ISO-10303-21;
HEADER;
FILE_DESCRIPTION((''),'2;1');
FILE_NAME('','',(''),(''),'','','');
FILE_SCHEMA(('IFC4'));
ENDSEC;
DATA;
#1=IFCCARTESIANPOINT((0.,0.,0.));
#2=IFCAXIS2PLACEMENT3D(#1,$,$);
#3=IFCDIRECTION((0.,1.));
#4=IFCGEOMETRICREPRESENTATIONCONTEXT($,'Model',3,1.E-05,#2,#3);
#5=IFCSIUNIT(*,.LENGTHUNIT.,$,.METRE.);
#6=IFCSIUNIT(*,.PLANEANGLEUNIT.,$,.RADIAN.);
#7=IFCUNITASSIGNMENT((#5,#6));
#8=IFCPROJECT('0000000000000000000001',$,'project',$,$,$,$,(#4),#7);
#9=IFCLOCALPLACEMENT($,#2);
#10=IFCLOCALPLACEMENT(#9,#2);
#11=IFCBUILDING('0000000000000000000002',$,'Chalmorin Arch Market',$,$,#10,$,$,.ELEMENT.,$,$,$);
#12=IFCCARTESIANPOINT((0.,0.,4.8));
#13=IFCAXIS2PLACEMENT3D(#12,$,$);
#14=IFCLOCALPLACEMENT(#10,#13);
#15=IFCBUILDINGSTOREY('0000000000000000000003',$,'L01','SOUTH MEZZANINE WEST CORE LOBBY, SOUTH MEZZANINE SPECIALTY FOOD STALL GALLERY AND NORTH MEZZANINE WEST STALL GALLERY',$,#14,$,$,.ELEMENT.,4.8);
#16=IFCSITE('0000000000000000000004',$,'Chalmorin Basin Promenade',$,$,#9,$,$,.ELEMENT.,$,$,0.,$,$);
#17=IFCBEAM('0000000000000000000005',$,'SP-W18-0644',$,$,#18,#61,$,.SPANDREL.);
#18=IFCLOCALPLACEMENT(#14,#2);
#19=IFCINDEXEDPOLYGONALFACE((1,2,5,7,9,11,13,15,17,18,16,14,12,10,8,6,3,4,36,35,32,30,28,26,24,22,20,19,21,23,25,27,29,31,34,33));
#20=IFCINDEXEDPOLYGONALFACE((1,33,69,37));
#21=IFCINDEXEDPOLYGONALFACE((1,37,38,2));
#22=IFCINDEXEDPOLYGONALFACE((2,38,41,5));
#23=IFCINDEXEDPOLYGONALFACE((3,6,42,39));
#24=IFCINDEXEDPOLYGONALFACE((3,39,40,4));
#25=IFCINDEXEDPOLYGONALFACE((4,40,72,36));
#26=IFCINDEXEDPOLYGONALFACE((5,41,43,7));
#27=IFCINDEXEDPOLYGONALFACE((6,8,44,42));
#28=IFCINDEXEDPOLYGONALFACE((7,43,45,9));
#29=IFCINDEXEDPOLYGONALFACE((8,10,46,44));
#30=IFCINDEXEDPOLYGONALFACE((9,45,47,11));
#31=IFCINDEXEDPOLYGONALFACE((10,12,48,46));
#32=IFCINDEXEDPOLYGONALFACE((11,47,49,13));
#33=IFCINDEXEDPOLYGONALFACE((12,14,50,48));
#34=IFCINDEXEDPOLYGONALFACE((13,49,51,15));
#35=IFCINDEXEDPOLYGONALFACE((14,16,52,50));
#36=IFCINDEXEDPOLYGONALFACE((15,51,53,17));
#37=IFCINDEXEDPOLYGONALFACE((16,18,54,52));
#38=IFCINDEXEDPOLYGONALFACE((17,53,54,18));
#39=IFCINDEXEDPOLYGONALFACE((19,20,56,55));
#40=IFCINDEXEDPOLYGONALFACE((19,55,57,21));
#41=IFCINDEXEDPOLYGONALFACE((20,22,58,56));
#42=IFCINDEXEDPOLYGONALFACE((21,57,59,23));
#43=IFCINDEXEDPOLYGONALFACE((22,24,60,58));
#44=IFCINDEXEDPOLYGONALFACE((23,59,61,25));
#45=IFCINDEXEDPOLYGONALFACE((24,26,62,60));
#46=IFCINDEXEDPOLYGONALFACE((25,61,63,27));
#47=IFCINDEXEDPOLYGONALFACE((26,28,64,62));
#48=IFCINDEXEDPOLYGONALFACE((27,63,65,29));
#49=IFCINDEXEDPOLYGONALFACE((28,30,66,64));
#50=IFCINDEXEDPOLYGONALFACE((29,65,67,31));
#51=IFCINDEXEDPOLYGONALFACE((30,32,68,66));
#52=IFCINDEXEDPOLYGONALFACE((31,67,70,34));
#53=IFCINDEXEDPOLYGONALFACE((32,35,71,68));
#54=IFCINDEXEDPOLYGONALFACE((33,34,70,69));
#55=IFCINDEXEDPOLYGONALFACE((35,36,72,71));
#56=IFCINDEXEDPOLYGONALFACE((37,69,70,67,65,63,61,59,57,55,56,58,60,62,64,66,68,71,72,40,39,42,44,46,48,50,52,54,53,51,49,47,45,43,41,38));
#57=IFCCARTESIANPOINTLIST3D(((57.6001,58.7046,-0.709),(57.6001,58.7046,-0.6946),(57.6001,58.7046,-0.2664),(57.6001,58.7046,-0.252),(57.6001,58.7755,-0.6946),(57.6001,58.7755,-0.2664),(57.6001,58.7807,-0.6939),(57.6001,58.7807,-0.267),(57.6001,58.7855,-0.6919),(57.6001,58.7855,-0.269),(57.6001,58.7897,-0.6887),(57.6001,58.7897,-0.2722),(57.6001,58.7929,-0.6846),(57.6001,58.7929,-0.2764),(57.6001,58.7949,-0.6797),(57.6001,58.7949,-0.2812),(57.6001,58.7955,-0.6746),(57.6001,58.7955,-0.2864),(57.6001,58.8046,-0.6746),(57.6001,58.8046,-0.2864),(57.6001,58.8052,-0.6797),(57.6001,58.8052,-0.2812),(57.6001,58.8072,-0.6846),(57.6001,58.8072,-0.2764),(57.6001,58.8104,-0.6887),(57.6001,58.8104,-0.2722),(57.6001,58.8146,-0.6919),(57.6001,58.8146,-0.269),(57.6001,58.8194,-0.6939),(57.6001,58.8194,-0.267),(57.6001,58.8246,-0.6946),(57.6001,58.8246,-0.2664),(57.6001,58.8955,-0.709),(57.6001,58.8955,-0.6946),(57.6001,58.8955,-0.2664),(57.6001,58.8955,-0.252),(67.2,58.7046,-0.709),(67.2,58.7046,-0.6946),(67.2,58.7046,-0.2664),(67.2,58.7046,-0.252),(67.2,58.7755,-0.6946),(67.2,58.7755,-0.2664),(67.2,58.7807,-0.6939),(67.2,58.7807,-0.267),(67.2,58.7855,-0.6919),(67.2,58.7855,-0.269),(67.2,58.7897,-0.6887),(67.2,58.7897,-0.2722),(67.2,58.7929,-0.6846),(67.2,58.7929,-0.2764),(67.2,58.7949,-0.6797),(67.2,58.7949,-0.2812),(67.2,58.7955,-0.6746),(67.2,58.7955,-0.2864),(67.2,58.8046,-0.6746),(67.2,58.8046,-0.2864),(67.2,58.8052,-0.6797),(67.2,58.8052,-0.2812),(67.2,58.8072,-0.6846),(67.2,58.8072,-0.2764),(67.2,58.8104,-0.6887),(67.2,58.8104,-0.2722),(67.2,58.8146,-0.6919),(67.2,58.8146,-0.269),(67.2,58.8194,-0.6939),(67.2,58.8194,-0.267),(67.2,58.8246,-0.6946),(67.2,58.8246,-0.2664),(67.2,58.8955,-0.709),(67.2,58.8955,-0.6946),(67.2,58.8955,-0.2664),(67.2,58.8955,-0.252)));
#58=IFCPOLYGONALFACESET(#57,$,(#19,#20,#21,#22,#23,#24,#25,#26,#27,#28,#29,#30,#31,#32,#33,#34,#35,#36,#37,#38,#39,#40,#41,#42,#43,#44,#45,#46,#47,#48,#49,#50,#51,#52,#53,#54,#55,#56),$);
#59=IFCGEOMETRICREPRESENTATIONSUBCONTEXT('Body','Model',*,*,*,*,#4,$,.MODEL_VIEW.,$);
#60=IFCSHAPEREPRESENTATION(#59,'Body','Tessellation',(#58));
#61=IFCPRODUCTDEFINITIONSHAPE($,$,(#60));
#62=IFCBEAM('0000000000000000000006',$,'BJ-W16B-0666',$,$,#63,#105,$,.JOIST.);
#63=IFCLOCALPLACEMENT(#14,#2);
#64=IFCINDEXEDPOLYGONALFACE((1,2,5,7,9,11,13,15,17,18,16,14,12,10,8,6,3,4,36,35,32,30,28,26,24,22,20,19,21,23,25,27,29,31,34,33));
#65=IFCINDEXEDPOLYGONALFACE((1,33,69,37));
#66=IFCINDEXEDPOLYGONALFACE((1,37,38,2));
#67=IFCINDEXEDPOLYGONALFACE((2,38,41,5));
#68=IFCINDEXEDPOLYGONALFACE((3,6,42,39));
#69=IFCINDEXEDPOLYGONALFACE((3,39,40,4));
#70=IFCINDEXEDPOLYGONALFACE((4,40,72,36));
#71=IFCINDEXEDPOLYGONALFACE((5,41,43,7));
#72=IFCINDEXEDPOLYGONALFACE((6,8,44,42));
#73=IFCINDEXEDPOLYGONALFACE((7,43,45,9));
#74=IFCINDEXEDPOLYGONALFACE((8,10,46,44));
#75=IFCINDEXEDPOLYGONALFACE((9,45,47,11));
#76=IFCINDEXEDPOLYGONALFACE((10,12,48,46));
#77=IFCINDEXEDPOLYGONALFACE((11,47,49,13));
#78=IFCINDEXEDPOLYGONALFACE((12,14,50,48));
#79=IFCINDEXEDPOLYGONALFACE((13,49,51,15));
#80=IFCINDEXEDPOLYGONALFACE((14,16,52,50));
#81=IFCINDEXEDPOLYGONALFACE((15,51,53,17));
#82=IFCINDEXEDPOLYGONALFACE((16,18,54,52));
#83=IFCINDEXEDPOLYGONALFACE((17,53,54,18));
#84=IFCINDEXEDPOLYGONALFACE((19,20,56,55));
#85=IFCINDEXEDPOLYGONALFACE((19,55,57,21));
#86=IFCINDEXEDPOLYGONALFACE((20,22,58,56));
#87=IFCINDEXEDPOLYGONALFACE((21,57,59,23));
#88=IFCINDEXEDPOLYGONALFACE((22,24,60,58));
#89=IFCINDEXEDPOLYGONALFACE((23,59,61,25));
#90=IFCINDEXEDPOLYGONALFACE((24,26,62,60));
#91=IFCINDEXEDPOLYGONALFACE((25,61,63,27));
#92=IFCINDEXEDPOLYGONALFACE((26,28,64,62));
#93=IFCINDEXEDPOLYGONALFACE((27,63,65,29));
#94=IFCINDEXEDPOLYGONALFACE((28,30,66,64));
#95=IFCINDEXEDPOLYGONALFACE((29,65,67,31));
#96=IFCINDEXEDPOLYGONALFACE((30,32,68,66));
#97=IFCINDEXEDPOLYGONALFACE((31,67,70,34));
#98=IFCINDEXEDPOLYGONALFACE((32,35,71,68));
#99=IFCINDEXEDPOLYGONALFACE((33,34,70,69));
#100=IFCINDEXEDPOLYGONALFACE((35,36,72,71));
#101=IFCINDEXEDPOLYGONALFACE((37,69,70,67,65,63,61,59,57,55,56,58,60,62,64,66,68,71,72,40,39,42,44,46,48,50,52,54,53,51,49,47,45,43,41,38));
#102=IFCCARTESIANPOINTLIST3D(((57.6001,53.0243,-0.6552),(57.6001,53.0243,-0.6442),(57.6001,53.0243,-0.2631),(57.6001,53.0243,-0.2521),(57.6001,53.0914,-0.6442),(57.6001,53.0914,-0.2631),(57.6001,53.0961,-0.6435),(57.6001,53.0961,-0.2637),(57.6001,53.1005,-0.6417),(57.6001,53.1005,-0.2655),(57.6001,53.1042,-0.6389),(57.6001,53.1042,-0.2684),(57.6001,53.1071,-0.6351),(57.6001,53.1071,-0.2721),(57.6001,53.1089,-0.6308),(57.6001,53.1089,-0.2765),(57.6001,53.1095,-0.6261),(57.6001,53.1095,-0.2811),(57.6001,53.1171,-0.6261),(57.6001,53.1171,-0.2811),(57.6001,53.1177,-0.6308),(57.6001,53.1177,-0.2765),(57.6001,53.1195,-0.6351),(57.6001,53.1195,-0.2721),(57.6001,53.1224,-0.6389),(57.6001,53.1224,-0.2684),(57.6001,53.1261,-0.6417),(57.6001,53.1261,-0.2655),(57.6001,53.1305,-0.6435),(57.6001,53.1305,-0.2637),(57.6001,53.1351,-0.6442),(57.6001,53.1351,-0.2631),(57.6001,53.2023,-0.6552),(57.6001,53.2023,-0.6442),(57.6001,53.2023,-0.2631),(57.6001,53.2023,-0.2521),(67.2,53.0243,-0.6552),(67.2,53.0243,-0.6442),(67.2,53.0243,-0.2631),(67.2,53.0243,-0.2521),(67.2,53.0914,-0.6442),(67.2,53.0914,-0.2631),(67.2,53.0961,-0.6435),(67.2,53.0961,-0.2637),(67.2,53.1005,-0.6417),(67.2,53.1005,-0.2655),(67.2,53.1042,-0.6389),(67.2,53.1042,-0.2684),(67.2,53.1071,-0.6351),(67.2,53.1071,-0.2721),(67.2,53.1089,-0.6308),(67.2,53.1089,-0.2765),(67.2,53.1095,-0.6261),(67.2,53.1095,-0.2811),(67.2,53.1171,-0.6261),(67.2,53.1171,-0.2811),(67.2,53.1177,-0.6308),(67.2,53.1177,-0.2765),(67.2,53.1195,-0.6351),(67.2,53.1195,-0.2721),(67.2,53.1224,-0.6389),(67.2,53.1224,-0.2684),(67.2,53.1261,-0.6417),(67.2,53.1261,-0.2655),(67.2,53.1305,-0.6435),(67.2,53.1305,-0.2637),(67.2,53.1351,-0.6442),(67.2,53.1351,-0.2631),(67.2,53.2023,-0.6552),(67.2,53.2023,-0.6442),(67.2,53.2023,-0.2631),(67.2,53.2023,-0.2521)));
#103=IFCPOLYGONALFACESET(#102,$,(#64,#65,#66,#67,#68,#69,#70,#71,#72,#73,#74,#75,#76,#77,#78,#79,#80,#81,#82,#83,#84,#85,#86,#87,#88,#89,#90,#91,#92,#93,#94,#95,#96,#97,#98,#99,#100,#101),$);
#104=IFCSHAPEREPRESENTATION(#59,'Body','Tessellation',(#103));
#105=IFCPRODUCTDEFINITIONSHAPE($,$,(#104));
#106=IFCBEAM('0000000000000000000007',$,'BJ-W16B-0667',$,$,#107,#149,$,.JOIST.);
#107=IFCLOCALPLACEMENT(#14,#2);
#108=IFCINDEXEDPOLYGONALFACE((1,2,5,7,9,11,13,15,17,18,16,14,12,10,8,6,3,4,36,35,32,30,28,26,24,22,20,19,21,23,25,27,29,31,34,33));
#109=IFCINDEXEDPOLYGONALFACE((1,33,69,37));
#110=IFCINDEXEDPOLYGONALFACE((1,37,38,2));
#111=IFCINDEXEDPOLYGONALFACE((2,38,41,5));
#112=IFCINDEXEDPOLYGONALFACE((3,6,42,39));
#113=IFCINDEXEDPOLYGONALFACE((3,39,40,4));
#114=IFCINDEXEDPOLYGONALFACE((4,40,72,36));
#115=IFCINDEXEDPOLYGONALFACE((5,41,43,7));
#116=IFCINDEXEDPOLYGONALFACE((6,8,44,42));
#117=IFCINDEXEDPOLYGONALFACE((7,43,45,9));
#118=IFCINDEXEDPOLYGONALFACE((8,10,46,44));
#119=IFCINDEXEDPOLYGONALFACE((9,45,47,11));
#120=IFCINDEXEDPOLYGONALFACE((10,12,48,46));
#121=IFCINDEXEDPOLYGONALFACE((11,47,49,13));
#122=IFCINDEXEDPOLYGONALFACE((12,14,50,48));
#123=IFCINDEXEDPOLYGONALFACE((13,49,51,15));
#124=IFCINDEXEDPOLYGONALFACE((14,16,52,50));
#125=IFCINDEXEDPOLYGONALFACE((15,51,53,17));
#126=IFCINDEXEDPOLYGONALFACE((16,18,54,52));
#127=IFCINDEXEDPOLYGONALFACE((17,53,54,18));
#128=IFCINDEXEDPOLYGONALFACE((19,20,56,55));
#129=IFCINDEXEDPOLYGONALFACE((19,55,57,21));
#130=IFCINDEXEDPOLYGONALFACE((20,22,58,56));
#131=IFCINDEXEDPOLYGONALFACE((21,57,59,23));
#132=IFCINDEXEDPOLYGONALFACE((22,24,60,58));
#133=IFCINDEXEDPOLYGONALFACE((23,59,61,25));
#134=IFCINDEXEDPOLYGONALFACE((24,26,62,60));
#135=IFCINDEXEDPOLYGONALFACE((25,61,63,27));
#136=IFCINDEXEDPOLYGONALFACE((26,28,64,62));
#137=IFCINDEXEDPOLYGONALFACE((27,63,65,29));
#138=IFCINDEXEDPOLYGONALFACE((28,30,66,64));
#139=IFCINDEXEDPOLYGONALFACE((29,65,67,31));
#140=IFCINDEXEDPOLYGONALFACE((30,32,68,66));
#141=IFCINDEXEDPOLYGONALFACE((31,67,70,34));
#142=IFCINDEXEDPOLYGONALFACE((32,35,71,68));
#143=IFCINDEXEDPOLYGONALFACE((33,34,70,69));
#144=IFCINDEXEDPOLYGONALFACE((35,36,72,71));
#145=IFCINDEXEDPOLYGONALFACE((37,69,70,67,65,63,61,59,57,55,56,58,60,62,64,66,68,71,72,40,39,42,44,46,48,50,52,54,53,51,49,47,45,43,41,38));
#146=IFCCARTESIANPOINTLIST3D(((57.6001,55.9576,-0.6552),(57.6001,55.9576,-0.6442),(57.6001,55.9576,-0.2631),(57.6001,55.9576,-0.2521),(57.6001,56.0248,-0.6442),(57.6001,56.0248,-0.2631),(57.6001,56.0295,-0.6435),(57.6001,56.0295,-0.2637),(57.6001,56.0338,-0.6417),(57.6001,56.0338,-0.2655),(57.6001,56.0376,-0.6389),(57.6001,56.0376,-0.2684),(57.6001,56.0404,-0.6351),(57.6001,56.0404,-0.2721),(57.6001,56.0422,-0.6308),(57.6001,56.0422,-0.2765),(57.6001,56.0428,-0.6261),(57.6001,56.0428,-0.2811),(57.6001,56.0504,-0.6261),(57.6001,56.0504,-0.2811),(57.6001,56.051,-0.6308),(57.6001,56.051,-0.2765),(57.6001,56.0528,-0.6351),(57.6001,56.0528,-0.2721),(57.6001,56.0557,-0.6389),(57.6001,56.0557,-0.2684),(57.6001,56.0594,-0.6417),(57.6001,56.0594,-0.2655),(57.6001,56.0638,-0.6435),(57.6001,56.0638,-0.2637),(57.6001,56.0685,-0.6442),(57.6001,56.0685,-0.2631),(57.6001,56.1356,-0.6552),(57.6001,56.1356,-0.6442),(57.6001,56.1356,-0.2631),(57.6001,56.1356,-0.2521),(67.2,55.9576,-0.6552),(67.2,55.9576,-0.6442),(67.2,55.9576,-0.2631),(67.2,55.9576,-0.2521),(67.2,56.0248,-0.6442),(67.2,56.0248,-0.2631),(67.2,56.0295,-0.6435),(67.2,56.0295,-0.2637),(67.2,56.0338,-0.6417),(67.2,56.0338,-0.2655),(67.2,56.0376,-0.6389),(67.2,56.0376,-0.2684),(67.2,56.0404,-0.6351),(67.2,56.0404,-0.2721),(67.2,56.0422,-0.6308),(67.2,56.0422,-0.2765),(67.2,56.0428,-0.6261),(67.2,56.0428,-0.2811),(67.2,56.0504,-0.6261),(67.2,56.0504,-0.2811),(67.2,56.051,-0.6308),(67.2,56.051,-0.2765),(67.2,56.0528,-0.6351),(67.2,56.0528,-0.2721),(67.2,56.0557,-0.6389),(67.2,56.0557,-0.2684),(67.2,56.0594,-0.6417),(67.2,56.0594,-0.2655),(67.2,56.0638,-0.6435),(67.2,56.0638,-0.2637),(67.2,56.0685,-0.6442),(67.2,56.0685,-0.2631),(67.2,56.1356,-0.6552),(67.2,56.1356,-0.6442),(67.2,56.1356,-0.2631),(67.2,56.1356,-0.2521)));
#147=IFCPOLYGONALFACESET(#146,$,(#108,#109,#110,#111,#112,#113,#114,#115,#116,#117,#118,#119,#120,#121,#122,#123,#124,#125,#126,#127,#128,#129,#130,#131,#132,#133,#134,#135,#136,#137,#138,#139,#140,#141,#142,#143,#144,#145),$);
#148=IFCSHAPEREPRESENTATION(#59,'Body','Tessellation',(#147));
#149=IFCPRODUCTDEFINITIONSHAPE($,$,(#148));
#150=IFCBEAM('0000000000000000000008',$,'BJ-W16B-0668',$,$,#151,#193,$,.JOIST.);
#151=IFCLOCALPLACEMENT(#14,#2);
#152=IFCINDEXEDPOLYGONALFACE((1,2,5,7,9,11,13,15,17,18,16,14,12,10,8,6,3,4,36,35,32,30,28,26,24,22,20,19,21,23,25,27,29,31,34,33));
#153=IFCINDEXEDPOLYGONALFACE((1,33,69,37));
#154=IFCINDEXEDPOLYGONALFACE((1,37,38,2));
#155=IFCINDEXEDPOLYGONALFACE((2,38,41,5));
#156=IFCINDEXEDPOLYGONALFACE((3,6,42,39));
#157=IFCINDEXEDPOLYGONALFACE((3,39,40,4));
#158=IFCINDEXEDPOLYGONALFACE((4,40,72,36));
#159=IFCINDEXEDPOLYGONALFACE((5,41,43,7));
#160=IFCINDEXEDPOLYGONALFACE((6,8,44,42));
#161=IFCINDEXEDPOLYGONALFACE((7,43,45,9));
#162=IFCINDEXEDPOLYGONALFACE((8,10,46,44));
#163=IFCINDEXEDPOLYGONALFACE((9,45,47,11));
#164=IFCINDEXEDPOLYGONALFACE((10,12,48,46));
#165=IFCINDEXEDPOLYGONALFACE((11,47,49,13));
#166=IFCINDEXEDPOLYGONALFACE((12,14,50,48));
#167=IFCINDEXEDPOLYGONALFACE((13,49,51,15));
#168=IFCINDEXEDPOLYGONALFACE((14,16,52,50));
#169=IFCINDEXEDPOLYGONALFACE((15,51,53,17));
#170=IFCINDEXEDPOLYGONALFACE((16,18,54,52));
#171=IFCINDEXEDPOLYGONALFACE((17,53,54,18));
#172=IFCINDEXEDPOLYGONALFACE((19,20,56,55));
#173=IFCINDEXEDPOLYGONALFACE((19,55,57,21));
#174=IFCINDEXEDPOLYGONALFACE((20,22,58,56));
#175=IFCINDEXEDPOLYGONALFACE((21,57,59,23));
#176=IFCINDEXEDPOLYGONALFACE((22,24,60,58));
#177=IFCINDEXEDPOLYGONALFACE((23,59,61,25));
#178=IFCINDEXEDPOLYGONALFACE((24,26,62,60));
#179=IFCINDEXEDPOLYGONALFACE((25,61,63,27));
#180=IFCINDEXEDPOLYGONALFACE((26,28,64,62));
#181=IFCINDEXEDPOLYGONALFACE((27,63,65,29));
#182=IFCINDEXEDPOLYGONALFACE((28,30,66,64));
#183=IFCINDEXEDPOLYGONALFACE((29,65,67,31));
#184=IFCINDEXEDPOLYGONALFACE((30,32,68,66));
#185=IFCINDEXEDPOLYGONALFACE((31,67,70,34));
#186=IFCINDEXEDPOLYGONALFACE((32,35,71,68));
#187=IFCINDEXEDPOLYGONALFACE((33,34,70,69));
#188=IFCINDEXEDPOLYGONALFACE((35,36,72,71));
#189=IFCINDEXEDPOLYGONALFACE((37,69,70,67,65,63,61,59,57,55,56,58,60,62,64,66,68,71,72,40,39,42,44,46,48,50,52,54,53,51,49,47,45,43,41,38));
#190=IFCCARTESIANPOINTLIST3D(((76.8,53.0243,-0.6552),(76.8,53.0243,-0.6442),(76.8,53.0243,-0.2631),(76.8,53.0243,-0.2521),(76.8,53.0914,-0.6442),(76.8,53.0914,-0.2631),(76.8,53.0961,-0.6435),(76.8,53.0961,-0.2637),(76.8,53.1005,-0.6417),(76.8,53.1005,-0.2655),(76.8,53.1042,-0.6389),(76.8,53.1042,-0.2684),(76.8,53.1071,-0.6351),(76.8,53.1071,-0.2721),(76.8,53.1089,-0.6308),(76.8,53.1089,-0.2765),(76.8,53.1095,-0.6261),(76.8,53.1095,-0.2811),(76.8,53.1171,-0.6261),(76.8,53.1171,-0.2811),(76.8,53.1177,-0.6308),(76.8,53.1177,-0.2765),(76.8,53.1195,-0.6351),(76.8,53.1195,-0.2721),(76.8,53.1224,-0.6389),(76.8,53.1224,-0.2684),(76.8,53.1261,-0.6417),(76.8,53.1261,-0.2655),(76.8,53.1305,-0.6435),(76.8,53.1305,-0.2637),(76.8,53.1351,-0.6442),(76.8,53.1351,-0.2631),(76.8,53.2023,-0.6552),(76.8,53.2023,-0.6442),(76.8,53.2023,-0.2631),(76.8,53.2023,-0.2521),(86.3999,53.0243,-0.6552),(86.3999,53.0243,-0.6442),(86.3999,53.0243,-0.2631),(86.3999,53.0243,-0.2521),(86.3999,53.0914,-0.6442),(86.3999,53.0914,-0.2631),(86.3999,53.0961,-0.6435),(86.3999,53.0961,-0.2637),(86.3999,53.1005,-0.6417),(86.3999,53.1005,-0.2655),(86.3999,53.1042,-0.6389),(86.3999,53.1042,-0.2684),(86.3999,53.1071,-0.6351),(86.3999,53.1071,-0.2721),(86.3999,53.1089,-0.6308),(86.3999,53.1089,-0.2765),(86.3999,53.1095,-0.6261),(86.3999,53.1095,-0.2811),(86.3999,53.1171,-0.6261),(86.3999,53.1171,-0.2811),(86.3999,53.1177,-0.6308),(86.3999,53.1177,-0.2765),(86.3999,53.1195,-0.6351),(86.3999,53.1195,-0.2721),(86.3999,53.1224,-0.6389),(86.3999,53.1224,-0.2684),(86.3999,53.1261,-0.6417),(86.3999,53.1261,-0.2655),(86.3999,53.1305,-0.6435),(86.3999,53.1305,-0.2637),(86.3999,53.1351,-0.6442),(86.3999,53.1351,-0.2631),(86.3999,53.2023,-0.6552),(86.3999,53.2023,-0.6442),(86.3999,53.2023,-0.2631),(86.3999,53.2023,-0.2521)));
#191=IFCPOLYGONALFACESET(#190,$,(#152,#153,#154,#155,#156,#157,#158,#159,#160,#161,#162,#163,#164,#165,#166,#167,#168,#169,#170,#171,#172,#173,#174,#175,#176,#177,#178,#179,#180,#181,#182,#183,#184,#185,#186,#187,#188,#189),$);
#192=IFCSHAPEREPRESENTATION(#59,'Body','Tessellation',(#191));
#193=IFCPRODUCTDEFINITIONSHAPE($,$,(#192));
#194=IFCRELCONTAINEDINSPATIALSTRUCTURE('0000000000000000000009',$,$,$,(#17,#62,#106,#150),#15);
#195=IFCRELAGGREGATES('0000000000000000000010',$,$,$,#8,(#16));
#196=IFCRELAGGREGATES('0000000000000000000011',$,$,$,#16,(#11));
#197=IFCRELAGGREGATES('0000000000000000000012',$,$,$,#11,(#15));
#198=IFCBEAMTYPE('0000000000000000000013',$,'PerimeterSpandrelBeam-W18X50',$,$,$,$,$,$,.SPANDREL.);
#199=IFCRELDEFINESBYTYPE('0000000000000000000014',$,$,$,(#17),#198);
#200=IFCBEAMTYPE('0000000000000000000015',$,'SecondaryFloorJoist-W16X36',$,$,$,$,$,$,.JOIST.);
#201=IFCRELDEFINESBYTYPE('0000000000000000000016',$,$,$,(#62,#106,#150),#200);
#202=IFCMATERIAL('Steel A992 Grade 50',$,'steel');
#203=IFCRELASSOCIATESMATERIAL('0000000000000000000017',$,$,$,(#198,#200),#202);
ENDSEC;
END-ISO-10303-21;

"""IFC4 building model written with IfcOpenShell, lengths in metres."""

from ifc_helpers import new_model, si_unit, direction, frame, origin, origin_2d, place, context, subcontext, project, spatial, i_section, extrude, material, material_profile, profile_set, type_object, element, save


model = new_model("IFC4")

# Units and contexts
model_context = context("Model", 3, precision=1e-05, world=origin(), true_north=direction((0.0, 1.0)))
body_context = subcontext(model_context, "Body", "Model", "MODEL_VIEW")
ifc_project = project(units=[si_unit("LENGTHUNIT", "METRE"), si_unit("PLANEANGLEUNIT", "RADIAN")], contexts=[model_context])

# Site, building, storey
site_placement = place(None, origin())
site = spatial("IfcSite", under=ifc_project, at=site_placement, Name="Chalmorin Basin Promenade", CompositionType="ELEMENT", RefElevation=0.0)
building_placement = place(site_placement, origin())
building = spatial("IfcBuilding", under=site, at=building_placement, Name="Chalmorin Arch Market", CompositionType="ELEMENT")
storey_placement = place(building_placement, frame((0.0, 0.0, 4.8)))
storey = spatial("IfcBuildingStorey", under=building, at=storey_placement, Name="L01", Description="SOUTH MEZZANINE WEST CORE LOBBY, SOUTH MEZZANINE SPECIALTY FOOD STALL GALLERY AND NORTH MEZZANINE WEST STALL GALLERY", CompositionType="ELEMENT", Elevation=4.8)

# Beams
ifc_material_1 = material(Name="Steel A992 Grade 50", Category="steel")
ifc_material_profile_1 = material_profile(ifc_material_1, i_section(OverallWidth=0.1909, OverallDepth=0.457, WebThickness=0.009, FlangeThickness=0.0144, FilletRadius=0.02, at=origin_2d()), Name="W18X50")
ifc_profile_set_1 = profile_set([ifc_material_profile_1], Name="Steel A992 Grade 50")
beam_type_1 = type_object("IfcBeamType", Name="PerimeterSpandrelBeam-W18X50", PredefinedType="SPANDREL", material=ifc_profile_set_1)
beam_placement = place(storey_placement, frame((57.6001, 58.8, -0.4805), z_axis=(1.0, 0.0, 0.0), x_axis=(0.0, 1.0, 0.0)))
element("IfcBeam", 1, at=beam_placement, inside=storey, type_object=beam_type_1, Name="SP-W18-0644", PredefinedType="SPANDREL", context=body_context, shape_type="SweptSolid", body=[
    extrude(i_section(OverallWidth=0.1909, OverallDepth=0.457, WebThickness=0.009, FlangeThickness=0.0144, FilletRadius=0.02, at=origin_2d()), origin(), (0.0, 0.0, 1.0), 9.5999),
])
ifc_material_profile_2 = material_profile(ifc_material_1, i_section(OverallWidth=0.178, OverallDepth=0.4031, WebThickness=0.0076, FlangeThickness=0.011, FilletRadius=0.0181, at=origin_2d()), Name="W16X36")
ifc_profile_set_2 = profile_set([ifc_material_profile_2], Name="Steel A992 Grade 50")
beam_type_2 = type_object("IfcBeamType", Name="SecondaryFloorJoist-W16X36", PredefinedType="JOIST", material=ifc_profile_set_2)
for number, where, z_axis, x_axis, name in (
    (2, (57.6001, 53.1133, -0.4536), (1.0, 0.0, 0.0), (0.0, 1.0, 0.0), "BJ-W16B-0666"),
    (3, (57.6001, 56.0466, -0.4536), (1.0, 0.0, 0.0), (0.0, 1.0, 0.0), "BJ-W16B-0667"),
    (4, (76.8, 53.1133, -0.4536), (1.0, 0.0, 0.0), (0.0, 1.0, 0.0), "BJ-W16B-0668"),
):
    element("IfcBeam", number, at=place(storey_placement, frame(where, z_axis=z_axis, x_axis=x_axis)), inside=storey, type_object=beam_type_2, Name=name, PredefinedType="JOIST", context=body_context, shape_type="SweptSolid", body=[
        extrude(i_section(OverallWidth=0.178, OverallDepth=0.4031, WebThickness=0.0076, FlangeThickness=0.011, FilletRadius=0.0181, at=origin_2d()), origin(), (0.0, 0.0, 1.0), 9.5999),
    ])

save(model, "model.ifc")
